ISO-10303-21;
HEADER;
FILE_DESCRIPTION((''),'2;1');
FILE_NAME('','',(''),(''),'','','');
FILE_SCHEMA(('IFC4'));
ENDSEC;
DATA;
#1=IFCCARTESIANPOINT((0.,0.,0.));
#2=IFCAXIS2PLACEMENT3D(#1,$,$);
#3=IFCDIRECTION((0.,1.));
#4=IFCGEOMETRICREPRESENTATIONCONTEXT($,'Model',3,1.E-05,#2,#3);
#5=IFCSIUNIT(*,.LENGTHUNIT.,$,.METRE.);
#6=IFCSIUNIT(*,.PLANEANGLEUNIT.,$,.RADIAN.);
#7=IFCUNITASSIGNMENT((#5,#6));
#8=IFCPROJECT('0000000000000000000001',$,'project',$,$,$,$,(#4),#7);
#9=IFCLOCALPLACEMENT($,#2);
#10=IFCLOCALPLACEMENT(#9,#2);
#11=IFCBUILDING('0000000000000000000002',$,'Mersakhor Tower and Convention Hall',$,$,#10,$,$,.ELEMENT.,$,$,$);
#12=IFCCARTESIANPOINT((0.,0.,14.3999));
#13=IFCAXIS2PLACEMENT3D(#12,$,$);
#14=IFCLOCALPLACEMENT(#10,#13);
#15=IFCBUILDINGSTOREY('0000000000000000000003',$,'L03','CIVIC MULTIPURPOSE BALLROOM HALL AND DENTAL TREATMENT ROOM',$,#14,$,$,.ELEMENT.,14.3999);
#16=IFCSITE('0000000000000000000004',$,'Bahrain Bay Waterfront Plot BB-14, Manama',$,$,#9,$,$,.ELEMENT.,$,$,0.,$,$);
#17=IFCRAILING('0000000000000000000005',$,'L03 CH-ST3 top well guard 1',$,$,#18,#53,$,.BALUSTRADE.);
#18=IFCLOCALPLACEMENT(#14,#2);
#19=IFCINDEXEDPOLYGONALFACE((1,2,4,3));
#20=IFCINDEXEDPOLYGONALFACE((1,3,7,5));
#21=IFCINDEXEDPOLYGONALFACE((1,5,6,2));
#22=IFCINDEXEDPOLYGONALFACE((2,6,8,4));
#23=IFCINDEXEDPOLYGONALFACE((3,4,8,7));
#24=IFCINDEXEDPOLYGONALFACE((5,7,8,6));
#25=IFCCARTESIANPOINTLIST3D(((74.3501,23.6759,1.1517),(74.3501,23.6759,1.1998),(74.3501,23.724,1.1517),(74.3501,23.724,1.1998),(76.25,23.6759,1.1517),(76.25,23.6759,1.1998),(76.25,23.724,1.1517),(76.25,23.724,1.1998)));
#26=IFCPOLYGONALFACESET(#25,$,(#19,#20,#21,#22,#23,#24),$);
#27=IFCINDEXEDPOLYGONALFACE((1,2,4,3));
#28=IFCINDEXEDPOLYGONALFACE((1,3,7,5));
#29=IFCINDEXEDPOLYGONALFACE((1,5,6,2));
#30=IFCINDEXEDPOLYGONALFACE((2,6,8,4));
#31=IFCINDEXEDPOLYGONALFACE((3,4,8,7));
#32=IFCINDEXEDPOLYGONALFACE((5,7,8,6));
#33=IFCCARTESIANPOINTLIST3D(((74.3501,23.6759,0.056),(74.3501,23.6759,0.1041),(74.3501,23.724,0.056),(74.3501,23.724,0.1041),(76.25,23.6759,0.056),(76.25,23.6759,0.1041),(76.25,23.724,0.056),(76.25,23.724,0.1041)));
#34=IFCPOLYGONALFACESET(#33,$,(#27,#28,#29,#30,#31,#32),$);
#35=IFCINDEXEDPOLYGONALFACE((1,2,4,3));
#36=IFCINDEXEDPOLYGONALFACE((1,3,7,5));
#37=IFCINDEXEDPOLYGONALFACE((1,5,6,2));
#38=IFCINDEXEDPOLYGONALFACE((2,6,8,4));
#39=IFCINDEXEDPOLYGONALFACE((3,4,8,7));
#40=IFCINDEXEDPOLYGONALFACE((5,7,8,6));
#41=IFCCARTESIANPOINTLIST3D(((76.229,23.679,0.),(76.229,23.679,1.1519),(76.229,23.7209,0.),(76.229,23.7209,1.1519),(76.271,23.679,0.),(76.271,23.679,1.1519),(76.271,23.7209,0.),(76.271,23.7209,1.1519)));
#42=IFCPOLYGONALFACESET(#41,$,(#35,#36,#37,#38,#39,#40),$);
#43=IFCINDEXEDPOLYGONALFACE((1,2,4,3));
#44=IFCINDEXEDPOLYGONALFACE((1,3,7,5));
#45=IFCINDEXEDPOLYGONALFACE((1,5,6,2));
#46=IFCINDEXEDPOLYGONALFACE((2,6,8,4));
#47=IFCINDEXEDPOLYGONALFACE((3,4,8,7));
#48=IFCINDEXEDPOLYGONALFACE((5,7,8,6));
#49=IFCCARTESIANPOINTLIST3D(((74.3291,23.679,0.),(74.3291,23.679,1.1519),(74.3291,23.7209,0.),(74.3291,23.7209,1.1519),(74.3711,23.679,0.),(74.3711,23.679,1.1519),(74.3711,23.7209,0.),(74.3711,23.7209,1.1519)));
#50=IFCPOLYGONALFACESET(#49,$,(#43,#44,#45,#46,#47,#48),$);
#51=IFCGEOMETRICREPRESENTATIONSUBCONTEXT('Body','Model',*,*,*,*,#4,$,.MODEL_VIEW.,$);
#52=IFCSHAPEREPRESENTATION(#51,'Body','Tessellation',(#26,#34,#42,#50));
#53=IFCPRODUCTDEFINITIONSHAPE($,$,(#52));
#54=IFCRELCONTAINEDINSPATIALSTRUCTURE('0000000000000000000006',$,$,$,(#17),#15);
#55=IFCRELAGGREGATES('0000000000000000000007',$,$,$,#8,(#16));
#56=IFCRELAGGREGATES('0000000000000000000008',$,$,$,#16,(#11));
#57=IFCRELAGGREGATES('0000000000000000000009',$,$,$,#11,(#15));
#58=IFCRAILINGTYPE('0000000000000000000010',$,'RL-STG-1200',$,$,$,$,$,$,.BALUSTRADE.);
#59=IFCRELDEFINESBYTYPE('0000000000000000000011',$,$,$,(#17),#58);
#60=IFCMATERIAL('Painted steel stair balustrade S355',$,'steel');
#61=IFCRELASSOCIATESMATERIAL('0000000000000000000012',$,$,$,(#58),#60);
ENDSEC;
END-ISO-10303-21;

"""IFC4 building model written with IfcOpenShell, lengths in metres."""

from ifc_helpers import new_model, si_unit, direction, frame, origin, origin_2d, place, context, subcontext, project, spatial, rectangle, extrude, material, type_object, element, save


model = new_model("IFC4")

# Units and contexts
model_context = context("Model", 3, precision=1e-05, world=origin(), true_north=direction((0.0, 1.0)))
body_context = subcontext(model_context, "Body", "Model", "MODEL_VIEW")
ifc_project = project(units=[si_unit("LENGTHUNIT", "METRE"), si_unit("PLANEANGLEUNIT", "RADIAN")], contexts=[model_context])

# Site, building, storey
site_placement = place(None, origin())
site = spatial("IfcSite", under=ifc_project, at=site_placement, Name="Bahrain Bay Waterfront Plot BB-14, Manama", CompositionType="ELEMENT", RefElevation=0.0)
building_placement = place(site_placement, origin())
building = spatial("IfcBuilding", under=site, at=building_placement, Name="Mersakhor Tower and Convention Hall", CompositionType="ELEMENT")
storey_placement = place(building_placement, frame((0.0, 0.0, 14.3999)))
storey = spatial("IfcBuildingStorey", under=building, at=storey_placement, Name="L03", Description="CIVIC MULTIPURPOSE BALLROOM HALL AND DENTAL TREATMENT ROOM", CompositionType="ELEMENT", Elevation=14.3999)

# Railing
ifc_material_1 = material(Name="Painted steel stair balustrade S355", Category="steel")
railing_type = type_object("IfcRailingType", Name="RL-STG-1200", PredefinedType="BALUSTRADE", material=ifc_material_1)
railing_placement = place(storey_placement, frame((76.25, 23.7, 0.0)))
element("IfcRailing", 1, at=railing_placement, inside=storey, type_object=railing_type, Name="L03 CH-ST3 top well guard 1", PredefinedType="BALUSTRADE", context=body_context, shape_type="SweptSolid", body=[
    extrude(rectangle(XDim=0.0481, YDim=0.0481, at=origin_2d()), frame((0.0, 0.0, 1.1758), z_axis=(-1.0, 0.0, 0.0), x_axis=(0.0, -1.0, 0.0)), (0.0, 0.0, 1.0), 1.8999),
    extrude(rectangle(XDim=0.0481, YDim=0.0481, at=origin_2d()), frame((0.0, 0.0, 0.0801), z_axis=(-1.0, 0.0, 0.0), x_axis=(0.0, -1.0, 0.0)), (0.0, 0.0, 1.0), 1.8999),
    extrude(rectangle(XDim=0.042, YDim=0.042, at=origin_2d()), origin(), (0.0, 0.0, 1.0), 1.1519),
    extrude(rectangle(XDim=0.042, YDim=0.042, at=origin_2d()), frame((-1.8999, 0.0, 0.0)), (0.0, 0.0, 1.0), 1.1519),
])

save(model, "model.ifc")
